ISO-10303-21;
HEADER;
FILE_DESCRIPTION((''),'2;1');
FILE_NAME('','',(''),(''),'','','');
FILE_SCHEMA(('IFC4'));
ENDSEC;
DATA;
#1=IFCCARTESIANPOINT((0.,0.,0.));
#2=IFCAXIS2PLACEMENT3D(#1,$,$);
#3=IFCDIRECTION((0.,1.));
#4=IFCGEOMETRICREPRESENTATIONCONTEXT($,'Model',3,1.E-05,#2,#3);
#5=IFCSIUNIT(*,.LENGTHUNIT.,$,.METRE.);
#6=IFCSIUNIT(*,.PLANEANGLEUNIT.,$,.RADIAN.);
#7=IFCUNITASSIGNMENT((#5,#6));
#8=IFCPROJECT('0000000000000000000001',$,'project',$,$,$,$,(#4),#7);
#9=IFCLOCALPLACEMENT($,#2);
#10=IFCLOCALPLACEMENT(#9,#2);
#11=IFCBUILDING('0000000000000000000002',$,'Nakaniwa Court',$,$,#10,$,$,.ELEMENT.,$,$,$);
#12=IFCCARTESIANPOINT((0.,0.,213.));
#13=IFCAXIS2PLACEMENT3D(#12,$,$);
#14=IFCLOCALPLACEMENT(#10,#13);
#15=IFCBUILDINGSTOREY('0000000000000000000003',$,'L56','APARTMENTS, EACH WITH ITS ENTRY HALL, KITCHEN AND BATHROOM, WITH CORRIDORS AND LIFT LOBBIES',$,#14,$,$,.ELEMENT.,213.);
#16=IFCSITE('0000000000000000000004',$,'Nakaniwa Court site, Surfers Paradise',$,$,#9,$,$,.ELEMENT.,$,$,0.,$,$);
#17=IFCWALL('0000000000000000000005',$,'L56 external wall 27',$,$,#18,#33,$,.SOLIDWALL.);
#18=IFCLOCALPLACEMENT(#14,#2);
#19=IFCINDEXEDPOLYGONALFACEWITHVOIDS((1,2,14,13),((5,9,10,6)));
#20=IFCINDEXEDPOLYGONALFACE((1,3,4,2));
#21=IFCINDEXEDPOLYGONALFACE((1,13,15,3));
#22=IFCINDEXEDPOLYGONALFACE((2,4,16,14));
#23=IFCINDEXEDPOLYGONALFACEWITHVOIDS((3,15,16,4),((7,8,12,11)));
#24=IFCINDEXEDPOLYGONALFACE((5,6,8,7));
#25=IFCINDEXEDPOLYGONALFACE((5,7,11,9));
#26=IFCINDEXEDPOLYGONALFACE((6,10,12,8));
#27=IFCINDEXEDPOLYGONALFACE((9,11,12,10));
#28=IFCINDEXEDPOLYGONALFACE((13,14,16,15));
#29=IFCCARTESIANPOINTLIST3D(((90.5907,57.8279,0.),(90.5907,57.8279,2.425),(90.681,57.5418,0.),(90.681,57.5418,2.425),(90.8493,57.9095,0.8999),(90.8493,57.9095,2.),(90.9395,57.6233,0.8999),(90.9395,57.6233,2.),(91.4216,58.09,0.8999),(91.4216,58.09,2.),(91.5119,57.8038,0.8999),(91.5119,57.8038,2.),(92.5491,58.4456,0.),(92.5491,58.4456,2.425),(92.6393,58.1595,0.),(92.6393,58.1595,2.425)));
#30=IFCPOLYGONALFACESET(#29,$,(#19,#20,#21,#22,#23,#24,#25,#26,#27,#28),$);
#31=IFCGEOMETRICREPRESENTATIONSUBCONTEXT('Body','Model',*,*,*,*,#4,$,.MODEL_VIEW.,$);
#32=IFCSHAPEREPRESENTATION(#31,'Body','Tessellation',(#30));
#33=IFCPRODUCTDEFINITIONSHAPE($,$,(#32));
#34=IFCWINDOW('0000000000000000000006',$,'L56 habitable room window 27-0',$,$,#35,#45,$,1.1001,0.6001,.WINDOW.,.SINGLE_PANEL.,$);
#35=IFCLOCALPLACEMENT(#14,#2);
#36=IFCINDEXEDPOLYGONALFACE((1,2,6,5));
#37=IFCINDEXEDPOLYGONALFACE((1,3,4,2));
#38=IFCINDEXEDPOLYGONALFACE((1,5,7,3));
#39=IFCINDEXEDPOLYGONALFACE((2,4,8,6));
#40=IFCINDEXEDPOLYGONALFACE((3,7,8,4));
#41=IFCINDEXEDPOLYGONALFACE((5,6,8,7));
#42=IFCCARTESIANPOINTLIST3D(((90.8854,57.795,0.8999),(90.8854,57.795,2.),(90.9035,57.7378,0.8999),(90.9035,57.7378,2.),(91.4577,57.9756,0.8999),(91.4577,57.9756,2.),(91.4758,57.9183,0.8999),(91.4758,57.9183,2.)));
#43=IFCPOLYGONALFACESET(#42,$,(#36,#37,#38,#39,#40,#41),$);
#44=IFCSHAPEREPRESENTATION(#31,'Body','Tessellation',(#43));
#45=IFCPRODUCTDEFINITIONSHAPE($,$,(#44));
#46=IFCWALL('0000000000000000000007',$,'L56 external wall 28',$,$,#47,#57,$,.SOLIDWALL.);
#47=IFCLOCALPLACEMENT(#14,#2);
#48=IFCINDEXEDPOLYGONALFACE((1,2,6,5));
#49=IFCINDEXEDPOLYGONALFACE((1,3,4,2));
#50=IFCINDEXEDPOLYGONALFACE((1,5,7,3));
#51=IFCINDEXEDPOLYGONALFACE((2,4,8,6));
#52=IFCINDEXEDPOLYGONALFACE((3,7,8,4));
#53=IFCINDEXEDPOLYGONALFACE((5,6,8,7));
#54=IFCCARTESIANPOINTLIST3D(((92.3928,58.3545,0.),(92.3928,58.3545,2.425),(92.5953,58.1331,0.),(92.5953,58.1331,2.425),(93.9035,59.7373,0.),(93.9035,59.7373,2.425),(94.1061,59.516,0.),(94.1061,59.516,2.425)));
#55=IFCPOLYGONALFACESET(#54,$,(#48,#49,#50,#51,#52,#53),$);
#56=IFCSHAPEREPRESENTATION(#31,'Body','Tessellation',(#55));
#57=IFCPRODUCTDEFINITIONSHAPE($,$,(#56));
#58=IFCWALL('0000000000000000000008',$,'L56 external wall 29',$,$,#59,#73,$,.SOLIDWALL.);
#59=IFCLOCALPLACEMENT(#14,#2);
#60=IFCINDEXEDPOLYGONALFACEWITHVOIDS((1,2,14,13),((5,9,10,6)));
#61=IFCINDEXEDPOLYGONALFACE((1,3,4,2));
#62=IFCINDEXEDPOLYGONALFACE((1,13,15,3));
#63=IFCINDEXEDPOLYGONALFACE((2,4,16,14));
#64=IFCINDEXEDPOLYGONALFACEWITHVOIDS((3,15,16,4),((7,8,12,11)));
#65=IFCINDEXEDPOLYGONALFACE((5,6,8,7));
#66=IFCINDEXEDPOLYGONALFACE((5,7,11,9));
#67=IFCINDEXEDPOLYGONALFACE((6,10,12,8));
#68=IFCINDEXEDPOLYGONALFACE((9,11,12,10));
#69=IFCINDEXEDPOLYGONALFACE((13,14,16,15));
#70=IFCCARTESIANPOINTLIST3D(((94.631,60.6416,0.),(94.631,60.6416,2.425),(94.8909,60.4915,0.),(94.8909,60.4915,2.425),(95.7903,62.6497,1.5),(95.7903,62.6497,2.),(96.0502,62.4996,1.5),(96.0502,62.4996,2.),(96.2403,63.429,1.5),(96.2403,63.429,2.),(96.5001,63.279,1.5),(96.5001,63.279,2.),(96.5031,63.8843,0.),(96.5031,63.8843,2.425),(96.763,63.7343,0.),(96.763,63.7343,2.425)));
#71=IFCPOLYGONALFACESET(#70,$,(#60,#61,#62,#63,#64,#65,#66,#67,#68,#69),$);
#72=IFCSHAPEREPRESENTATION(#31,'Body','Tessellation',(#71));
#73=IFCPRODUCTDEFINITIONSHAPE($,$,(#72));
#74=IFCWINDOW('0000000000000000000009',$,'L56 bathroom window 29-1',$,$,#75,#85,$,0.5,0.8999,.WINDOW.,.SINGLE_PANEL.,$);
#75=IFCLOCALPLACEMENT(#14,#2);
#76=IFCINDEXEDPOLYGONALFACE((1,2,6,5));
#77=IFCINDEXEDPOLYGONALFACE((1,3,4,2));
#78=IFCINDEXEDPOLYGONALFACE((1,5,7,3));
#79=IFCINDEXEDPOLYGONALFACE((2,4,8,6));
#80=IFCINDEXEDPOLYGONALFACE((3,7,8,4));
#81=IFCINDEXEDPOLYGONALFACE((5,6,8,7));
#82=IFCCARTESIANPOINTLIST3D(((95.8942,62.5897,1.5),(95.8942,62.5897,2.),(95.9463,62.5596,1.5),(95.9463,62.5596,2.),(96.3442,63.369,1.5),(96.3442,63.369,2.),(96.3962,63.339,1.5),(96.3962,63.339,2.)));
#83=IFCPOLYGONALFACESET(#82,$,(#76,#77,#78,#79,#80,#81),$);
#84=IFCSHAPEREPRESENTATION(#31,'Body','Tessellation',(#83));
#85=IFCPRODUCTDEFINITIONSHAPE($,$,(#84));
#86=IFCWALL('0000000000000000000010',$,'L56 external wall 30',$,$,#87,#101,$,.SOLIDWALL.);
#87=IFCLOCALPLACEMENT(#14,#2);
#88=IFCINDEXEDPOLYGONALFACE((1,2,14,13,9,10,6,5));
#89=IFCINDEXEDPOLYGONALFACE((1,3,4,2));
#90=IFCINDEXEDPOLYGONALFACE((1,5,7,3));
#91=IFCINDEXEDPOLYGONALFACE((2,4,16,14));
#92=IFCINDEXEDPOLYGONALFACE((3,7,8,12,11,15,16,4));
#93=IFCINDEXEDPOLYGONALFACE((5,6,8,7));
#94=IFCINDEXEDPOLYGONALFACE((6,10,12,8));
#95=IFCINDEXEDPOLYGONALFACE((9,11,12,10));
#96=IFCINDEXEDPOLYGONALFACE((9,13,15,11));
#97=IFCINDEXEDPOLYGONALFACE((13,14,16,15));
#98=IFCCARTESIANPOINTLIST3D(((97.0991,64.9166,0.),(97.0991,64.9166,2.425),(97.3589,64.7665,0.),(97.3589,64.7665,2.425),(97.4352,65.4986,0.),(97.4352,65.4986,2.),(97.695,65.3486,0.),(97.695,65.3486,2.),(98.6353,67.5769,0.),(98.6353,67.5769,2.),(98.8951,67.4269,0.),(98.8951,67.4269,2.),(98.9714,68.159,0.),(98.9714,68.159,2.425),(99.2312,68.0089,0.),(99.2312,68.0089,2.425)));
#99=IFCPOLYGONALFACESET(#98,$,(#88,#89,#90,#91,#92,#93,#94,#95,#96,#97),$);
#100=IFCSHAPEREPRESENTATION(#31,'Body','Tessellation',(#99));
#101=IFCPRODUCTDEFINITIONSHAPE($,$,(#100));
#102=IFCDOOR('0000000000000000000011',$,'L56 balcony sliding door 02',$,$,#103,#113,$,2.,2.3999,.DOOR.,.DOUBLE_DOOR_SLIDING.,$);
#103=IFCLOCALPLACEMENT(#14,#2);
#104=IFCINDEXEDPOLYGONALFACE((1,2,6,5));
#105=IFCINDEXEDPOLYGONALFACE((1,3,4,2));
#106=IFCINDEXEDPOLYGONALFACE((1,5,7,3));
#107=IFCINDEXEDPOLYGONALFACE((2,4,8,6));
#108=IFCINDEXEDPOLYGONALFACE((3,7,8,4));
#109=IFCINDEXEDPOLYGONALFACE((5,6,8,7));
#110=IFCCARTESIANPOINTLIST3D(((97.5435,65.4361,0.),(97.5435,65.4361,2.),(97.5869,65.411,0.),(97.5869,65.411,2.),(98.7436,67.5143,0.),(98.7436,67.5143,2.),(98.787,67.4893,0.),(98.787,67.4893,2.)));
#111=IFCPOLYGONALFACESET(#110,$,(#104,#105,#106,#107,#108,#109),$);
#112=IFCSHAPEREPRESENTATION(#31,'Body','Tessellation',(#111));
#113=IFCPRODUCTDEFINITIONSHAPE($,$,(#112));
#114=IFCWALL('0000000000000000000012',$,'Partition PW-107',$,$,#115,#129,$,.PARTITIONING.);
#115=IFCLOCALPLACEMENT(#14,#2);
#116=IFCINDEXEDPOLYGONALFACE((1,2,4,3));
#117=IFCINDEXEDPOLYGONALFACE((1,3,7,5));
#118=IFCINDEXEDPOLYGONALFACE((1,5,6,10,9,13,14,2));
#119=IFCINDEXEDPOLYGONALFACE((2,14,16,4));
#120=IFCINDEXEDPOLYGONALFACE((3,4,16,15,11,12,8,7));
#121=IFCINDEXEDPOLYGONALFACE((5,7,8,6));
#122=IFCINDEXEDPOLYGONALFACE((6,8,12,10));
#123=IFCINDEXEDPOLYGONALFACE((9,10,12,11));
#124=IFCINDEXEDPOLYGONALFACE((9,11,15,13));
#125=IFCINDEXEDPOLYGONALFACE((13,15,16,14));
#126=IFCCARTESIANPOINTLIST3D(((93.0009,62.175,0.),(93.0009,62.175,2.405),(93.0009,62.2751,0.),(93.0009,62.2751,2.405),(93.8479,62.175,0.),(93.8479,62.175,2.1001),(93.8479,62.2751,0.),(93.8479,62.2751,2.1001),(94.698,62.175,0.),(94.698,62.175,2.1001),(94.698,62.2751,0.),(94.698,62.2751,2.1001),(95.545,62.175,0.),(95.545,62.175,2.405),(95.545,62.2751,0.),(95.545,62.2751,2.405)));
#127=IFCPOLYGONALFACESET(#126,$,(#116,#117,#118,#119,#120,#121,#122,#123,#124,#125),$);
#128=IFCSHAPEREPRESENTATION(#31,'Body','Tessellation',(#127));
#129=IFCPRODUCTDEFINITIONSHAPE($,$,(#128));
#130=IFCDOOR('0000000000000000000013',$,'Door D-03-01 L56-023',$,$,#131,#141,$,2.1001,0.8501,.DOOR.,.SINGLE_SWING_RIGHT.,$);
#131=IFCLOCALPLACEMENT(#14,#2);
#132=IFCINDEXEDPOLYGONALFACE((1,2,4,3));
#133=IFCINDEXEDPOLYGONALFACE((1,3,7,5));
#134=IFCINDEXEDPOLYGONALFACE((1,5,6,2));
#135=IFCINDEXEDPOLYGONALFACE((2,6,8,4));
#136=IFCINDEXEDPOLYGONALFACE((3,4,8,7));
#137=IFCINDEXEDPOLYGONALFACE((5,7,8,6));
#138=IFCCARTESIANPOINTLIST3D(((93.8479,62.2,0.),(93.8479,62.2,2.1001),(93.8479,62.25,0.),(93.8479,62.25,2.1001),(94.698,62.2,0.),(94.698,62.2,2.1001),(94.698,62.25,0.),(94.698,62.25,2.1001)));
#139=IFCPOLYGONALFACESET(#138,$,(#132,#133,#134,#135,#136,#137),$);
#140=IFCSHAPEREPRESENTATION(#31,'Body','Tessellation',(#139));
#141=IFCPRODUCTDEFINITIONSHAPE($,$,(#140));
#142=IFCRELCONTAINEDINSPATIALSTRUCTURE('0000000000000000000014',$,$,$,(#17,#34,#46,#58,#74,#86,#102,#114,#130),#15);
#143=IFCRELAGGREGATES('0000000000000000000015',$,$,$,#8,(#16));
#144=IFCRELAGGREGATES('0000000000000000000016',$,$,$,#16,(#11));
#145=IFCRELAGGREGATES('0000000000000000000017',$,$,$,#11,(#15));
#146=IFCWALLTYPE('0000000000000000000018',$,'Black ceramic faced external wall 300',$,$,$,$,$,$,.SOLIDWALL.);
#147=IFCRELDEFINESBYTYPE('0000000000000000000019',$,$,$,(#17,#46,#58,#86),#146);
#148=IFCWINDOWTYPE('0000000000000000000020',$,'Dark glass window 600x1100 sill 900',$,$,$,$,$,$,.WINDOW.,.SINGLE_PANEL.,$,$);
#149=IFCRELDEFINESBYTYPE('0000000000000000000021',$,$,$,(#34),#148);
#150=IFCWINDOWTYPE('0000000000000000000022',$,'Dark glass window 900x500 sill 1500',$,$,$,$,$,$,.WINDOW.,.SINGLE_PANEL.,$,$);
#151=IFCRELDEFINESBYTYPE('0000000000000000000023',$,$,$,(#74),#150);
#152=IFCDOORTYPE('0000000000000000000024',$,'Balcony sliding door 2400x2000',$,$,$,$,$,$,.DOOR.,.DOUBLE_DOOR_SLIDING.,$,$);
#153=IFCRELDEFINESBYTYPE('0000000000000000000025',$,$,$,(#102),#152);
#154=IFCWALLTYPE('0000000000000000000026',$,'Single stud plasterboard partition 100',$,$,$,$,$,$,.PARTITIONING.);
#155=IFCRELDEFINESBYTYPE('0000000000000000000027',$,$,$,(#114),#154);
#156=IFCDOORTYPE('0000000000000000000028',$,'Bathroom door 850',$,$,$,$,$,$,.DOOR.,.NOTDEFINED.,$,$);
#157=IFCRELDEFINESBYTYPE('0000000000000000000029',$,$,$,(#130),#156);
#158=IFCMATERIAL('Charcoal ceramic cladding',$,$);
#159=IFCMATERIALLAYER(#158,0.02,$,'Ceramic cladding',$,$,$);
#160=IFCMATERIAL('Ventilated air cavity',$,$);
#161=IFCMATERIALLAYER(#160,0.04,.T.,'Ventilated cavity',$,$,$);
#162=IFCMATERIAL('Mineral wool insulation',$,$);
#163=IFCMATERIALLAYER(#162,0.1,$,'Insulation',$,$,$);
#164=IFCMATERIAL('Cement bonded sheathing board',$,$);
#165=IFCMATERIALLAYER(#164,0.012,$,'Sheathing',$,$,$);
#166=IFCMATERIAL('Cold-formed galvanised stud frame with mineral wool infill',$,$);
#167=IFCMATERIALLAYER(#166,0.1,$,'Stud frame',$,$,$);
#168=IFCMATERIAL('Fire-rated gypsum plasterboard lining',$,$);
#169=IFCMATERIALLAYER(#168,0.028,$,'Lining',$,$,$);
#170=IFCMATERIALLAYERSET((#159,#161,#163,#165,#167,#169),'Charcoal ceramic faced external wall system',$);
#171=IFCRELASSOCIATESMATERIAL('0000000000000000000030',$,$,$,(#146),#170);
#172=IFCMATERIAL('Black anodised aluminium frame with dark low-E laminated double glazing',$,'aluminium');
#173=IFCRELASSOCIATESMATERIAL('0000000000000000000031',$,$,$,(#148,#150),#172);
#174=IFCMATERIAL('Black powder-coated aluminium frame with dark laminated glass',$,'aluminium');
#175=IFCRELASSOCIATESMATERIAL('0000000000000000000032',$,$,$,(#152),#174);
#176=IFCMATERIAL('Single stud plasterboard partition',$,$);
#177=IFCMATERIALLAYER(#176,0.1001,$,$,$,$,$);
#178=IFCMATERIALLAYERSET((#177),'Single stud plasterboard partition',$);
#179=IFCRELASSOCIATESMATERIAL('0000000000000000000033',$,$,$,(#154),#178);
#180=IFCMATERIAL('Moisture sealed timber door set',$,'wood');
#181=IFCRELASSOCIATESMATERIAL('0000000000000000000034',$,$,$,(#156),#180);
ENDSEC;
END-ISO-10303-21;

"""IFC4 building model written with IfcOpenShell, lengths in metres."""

from ifc_helpers import new_model, si_unit, direction, frame, frame_2d, origin, place, context, subcontext, project, spatial, rectangle, extrude, material, layer, layer_set, type_object, element, fill, save


model = new_model("IFC4")

# Units and contexts
model_context = context("Model", 3, precision=1e-05, world=origin(), true_north=direction((0.0, 1.0)))
body_context = subcontext(model_context, "Body", "Model", "MODEL_VIEW")
ifc_project = project(units=[si_unit("LENGTHUNIT", "METRE"), si_unit("PLANEANGLEUNIT", "RADIAN")], contexts=[model_context])

# Site, building, storey
site_placement = place(None, origin())
site = spatial("IfcSite", under=ifc_project, at=site_placement, Name="Nakaniwa Court site, Surfers Paradise", CompositionType="ELEMENT", RefElevation=0.0)
building_placement = place(site_placement, origin())
building = spatial("IfcBuilding", under=site, at=building_placement, Name="Nakaniwa Court", CompositionType="ELEMENT")
storey_placement = place(building_placement, frame((0.0, 0.0, 213.0)))
storey = spatial("IfcBuildingStorey", under=building, at=storey_placement, Name="L56", Description="APARTMENTS, EACH WITH ITS ENTRY HALL, KITCHEN AND BATHROOM, WITH CORRIDORS AND LIFT LOBBIES", CompositionType="ELEMENT", Elevation=213.0)

# Wall, opening, window
ifc_material_1 = material(Name="Charcoal ceramic cladding")
ifc_layer_1 = layer(ifc_material_1, 0.02, Name="Ceramic cladding")
ifc_material_2 = material(Name="Ventilated air cavity")
ifc_layer_2 = layer(ifc_material_2, 0.04, ventilated=True, Name="Ventilated cavity")
ifc_material_3 = material(Name="Mineral wool insulation")
ifc_layer_3 = layer(ifc_material_3, 0.1, Name="Insulation")
ifc_material_4 = material(Name="Cement bonded sheathing board")
ifc_layer_4 = layer(ifc_material_4, 0.012, Name="Sheathing")
ifc_material_5 = material(Name="Cold-formed galvanised stud frame with mineral wool infill")
ifc_layer_5 = layer(ifc_material_5, 0.1, Name="Stud frame")
ifc_material_6 = material(Name="Fire-rated gypsum plasterboard lining")
ifc_layer_6 = layer(ifc_material_6, 0.028, Name="Lining")
ifc_layer_set_1 = layer_set([ifc_layer_1, ifc_layer_2, ifc_layer_3, ifc_layer_4, ifc_layer_5, ifc_layer_6], Name="Charcoal ceramic faced external wall system")
wall_type_1 = type_object("IfcWallType", Name="Black ceramic faced external wall 300", PredefinedType="SOLIDWALL", material=ifc_layer_set_1)
wall_1_placement = place(storey_placement, frame((90.6357, 57.6848, 0.0), z_axis=(0.0, 0.0, 1.0), x_axis=(0.953683, 0.300813, 0.0)))
wall_1 = element("IfcWall", 1, at=wall_1_placement, inside=storey, type_object=wall_type_1, Name="L56 external wall 27", PredefinedType="SOLIDWALL", context=body_context, shape_type="SweptSolid", body=[
    extrude(rectangle(XDim=2.0535, YDim=0.3, at=frame_2d((1.0269, 0.0))), origin(), (0.0, 0.0, 1.0), 2.425),
])
opening_1_placement = place(wall_1_placement, frame((0.2712, 0.0, 0.8999)))
opening_1 = element("IfcOpeningElement", 2, at=opening_1_placement, cuts=wall_1, PredefinedType="OPENING", context=body_context, shape_type="SweptSolid", body=[
    extrude(rectangle(XDim=0.6001, YDim=1.1001, at=frame_2d((0.3, 0.55))), frame((0.0, 0.1599, 0.0), z_axis=(0.0, -1.0, 0.0), x_axis=(1.0, 0.0, 0.0)), (0.0, 0.0, 1.0), 0.3201),
])
ifc_material_7 = material(Name="Black anodised aluminium frame with dark low-E laminated double glazing", Category="aluminium")
window_type_1 = type_object("IfcWindowType", Name="Dark glass window 600x1100 sill 900", PartitioningType="SINGLE_PANEL", PredefinedType="WINDOW", material=ifc_material_7)
window_1_placement = place(opening_1_placement, origin())
window_1 = element("IfcWindow", 3, at=window_1_placement, inside=storey, type_object=window_type_1, Name="L56 habitable room window 27-0", OverallHeight=1.1001, OverallWidth=0.6001, PartitioningType="SINGLE_PANEL", PredefinedType="WINDOW", context=body_context, shape_type="SweptSolid", body=[
    extrude(rectangle(XDim=0.6001, YDim=1.1001, at=frame_2d((0.3, 0.55))), frame((0.0, 0.03, 0.0), z_axis=(0.0, -1.0, 0.0), x_axis=(1.0, 0.0, 0.0)), (0.0, 0.0, 1.0), 0.0601),
])
fill(opening_1, window_1)

# Wall
wall_2_placement = place(storey_placement, frame((92.4941, 58.2439, 0.0), z_axis=(0.0, 0.0, 1.0), x_axis=(0.737649, 0.675185, 0.0)))
element("IfcWall", 4, at=wall_2_placement, inside=storey, type_object=wall_type_1, Name="L56 external wall 28", PredefinedType="SOLIDWALL", context=body_context, shape_type="SweptSolid", body=[
    extrude(rectangle(XDim=2.0481, YDim=0.3, at=frame_2d((1.0239, 0.0))), origin(), (0.0, 0.0, 1.0), 2.425),
])

# Wall, opening, window
wall_3_placement = place(storey_placement, frame((94.761, 60.5667, 0.0), z_axis=(0.0, 0.0, 1.0), x_axis=(0.499982, 0.866036, 0.0)))
wall_3 = element("IfcWall", 5, at=wall_3_placement, inside=storey, type_object=wall_type_1, Name="L56 external wall 29", PredefinedType="SOLIDWALL", context=body_context, shape_type="SweptSolid", body=[
    extrude(rectangle(XDim=3.7444, YDim=0.3, at=frame_2d((1.8721, 0.0))), origin(), (0.0, 0.0, 1.0), 2.425),
])
opening_2_placement = place(wall_3_placement, frame((2.3186, 0.0, 1.5)))
opening_2 = element("IfcOpeningElement", 6, at=opening_2_placement, cuts=wall_3, PredefinedType="OPENING", context=body_context, shape_type="SweptSolid", body=[
    extrude(rectangle(XDim=0.8999, YDim=0.5, at=frame_2d((0.45, 0.25))), frame((0.0, 0.1599, 0.0), z_axis=(0.0, -1.0, 0.0), x_axis=(1.0, 0.0, 0.0)), (0.0, 0.0, 1.0), 0.3201),
])
window_type_2 = type_object("IfcWindowType", Name="Dark glass window 900x500 sill 1500", PartitioningType="SINGLE_PANEL", PredefinedType="WINDOW", material=ifc_material_7)
window_2_placement = place(opening_2_placement, origin())
window_2 = element("IfcWindow", 7, at=window_2_placement, inside=storey, type_object=window_type_2, Name="L56 bathroom window 29-1", OverallHeight=0.5, OverallWidth=0.8999, PartitioningType="SINGLE_PANEL", PredefinedType="WINDOW", context=body_context, shape_type="SweptSolid", body=[
    extrude(rectangle(XDim=0.8999, YDim=0.5, at=frame_2d((0.45, 0.25))), frame((0.0, 0.03, 0.0), z_axis=(0.0, -1.0, 0.0), x_axis=(1.0, 0.0, 0.0)), (0.0, 0.0, 1.0), 0.0601),
])
fill(opening_2, window_2)

# Walls, openings, doors
wall_4_placement = place(storey_placement, frame((97.229, 64.8416, 0.0), z_axis=(0.0, 0.0, 1.0), x_axis=(0.500059, 0.865991, 0.0)))
wall_4 = element("IfcWall", 8, at=wall_4_placement, inside=storey, type_object=wall_type_1, Name="L56 external wall 30", PredefinedType="SOLIDWALL", context=body_context, shape_type="SweptSolid", body=[
    extrude(rectangle(XDim=3.7441, YDim=0.3, at=frame_2d((1.8721, 0.0))), origin(), (0.0, 0.0, 1.0), 2.425),
])
opening_3_placement = place(wall_4_placement, frame((0.6721, 0.0, 0.0)))
opening_3 = element("IfcOpeningElement", 9, at=opening_3_placement, cuts=wall_4, PredefinedType="OPENING", context=body_context, shape_type="SweptSolid", body=[
    extrude(rectangle(XDim=2.3999, YDim=2.0, at=frame_2d((1.2, 1.0))), frame((0.0, 0.1599, 0.0), z_axis=(0.0, -1.0, 0.0), x_axis=(1.0, 0.0, 0.0)), (0.0, 0.0, 1.0), 0.3201),
])
ifc_material_8 = material(Name="Black powder-coated aluminium frame with dark laminated glass", Category="aluminium")
door_type_1 = type_object("IfcDoorType", Name="Balcony sliding door 2400x2000", OperationType="DOUBLE_DOOR_SLIDING", PredefinedType="DOOR", material=ifc_material_8)
door_1_placement = place(opening_3_placement, origin())
door_1 = element("IfcDoor", 10, at=door_1_placement, inside=storey, type_object=door_type_1, Name="L56 balcony sliding door 02", OperationType="DOUBLE_DOOR_SLIDING", OverallHeight=2.0, OverallWidth=2.3999, PredefinedType="DOOR", context=body_context, shape_type="SweptSolid", body=[
    extrude(rectangle(XDim=2.3999, YDim=2.0, at=frame_2d((1.2, 1.0))), frame((0.0, 0.0249, 0.0), z_axis=(0.0, -1.0, 0.0), x_axis=(1.0, 0.0, 0.0)), (0.0, 0.0, 1.0), 0.05),
])
fill(opening_3, door_1)
ifc_material_9 = material(Name="Single stud plasterboard partition")
ifc_layer_7 = layer(ifc_material_9, 0.1001)
ifc_layer_set_2 = layer_set([ifc_layer_7], Name="Single stud plasterboard partition")
wall_type_2 = type_object("IfcWallType", Name="Single stud plasterboard partition 100", PredefinedType="PARTITIONING", material=ifc_layer_set_2)
wall_5_placement = place(storey_placement, frame((93.001, 62.2251, 0.0), z_axis=(0.0, 0.0, 1.0), x_axis=(1.0, 0.0, 0.0)))
wall_5 = element("IfcWall", 11, at=wall_5_placement, inside=storey, type_object=wall_type_2, Name="Partition PW-107", PredefinedType="PARTITIONING", context=body_context, shape_type="SweptSolid", body=[
    extrude(rectangle(XDim=2.5442, YDim=0.1001, at=frame_2d((1.272, 0.0))), origin(), (0.0, 0.0, 1.0), 2.405),
])
opening_4_placement = place(wall_5_placement, frame((0.8469, 0.0, 0.0)))
opening_4 = element("IfcOpeningElement", 12, at=opening_4_placement, cuts=wall_5, PredefinedType="OPENING", context=body_context, shape_type="SweptSolid", body=[
    extrude(rectangle(XDim=0.8501, YDim=2.1001, at=frame_2d((0.425, 1.05))), frame((0.0, 0.0601, 0.0), z_axis=(0.0, -1.0, 0.0), x_axis=(1.0, 0.0, 0.0)), (0.0, 0.0, 1.0), 0.1201),
])
ifc_material_10 = material(Name="Moisture sealed timber door set", Category="wood")
door_type_2 = type_object("IfcDoorType", Name="Bathroom door 850", OperationType="NOTDEFINED", PredefinedType="DOOR", material=ifc_material_10)
door_2_placement = place(opening_4_placement, origin())
door_2 = element("IfcDoor", 13, at=door_2_placement, inside=storey, type_object=door_type_2, Name="Door D-03-01 L56-023", OperationType="SINGLE_SWING_RIGHT", OverallHeight=2.1001, OverallWidth=0.8501, PredefinedType="DOOR", context=body_context, shape_type="SweptSolid", body=[
    extrude(rectangle(XDim=0.8501, YDim=2.1001, at=frame_2d((0.425, 1.05))), frame((0.0, 0.0249, 0.0), z_axis=(0.0, -1.0, 0.0), x_axis=(1.0, 0.0, 0.0)), (0.0, 0.0, 1.0), 0.05),
])
fill(opening_4, door_2)

save(model, "model.ifc")
